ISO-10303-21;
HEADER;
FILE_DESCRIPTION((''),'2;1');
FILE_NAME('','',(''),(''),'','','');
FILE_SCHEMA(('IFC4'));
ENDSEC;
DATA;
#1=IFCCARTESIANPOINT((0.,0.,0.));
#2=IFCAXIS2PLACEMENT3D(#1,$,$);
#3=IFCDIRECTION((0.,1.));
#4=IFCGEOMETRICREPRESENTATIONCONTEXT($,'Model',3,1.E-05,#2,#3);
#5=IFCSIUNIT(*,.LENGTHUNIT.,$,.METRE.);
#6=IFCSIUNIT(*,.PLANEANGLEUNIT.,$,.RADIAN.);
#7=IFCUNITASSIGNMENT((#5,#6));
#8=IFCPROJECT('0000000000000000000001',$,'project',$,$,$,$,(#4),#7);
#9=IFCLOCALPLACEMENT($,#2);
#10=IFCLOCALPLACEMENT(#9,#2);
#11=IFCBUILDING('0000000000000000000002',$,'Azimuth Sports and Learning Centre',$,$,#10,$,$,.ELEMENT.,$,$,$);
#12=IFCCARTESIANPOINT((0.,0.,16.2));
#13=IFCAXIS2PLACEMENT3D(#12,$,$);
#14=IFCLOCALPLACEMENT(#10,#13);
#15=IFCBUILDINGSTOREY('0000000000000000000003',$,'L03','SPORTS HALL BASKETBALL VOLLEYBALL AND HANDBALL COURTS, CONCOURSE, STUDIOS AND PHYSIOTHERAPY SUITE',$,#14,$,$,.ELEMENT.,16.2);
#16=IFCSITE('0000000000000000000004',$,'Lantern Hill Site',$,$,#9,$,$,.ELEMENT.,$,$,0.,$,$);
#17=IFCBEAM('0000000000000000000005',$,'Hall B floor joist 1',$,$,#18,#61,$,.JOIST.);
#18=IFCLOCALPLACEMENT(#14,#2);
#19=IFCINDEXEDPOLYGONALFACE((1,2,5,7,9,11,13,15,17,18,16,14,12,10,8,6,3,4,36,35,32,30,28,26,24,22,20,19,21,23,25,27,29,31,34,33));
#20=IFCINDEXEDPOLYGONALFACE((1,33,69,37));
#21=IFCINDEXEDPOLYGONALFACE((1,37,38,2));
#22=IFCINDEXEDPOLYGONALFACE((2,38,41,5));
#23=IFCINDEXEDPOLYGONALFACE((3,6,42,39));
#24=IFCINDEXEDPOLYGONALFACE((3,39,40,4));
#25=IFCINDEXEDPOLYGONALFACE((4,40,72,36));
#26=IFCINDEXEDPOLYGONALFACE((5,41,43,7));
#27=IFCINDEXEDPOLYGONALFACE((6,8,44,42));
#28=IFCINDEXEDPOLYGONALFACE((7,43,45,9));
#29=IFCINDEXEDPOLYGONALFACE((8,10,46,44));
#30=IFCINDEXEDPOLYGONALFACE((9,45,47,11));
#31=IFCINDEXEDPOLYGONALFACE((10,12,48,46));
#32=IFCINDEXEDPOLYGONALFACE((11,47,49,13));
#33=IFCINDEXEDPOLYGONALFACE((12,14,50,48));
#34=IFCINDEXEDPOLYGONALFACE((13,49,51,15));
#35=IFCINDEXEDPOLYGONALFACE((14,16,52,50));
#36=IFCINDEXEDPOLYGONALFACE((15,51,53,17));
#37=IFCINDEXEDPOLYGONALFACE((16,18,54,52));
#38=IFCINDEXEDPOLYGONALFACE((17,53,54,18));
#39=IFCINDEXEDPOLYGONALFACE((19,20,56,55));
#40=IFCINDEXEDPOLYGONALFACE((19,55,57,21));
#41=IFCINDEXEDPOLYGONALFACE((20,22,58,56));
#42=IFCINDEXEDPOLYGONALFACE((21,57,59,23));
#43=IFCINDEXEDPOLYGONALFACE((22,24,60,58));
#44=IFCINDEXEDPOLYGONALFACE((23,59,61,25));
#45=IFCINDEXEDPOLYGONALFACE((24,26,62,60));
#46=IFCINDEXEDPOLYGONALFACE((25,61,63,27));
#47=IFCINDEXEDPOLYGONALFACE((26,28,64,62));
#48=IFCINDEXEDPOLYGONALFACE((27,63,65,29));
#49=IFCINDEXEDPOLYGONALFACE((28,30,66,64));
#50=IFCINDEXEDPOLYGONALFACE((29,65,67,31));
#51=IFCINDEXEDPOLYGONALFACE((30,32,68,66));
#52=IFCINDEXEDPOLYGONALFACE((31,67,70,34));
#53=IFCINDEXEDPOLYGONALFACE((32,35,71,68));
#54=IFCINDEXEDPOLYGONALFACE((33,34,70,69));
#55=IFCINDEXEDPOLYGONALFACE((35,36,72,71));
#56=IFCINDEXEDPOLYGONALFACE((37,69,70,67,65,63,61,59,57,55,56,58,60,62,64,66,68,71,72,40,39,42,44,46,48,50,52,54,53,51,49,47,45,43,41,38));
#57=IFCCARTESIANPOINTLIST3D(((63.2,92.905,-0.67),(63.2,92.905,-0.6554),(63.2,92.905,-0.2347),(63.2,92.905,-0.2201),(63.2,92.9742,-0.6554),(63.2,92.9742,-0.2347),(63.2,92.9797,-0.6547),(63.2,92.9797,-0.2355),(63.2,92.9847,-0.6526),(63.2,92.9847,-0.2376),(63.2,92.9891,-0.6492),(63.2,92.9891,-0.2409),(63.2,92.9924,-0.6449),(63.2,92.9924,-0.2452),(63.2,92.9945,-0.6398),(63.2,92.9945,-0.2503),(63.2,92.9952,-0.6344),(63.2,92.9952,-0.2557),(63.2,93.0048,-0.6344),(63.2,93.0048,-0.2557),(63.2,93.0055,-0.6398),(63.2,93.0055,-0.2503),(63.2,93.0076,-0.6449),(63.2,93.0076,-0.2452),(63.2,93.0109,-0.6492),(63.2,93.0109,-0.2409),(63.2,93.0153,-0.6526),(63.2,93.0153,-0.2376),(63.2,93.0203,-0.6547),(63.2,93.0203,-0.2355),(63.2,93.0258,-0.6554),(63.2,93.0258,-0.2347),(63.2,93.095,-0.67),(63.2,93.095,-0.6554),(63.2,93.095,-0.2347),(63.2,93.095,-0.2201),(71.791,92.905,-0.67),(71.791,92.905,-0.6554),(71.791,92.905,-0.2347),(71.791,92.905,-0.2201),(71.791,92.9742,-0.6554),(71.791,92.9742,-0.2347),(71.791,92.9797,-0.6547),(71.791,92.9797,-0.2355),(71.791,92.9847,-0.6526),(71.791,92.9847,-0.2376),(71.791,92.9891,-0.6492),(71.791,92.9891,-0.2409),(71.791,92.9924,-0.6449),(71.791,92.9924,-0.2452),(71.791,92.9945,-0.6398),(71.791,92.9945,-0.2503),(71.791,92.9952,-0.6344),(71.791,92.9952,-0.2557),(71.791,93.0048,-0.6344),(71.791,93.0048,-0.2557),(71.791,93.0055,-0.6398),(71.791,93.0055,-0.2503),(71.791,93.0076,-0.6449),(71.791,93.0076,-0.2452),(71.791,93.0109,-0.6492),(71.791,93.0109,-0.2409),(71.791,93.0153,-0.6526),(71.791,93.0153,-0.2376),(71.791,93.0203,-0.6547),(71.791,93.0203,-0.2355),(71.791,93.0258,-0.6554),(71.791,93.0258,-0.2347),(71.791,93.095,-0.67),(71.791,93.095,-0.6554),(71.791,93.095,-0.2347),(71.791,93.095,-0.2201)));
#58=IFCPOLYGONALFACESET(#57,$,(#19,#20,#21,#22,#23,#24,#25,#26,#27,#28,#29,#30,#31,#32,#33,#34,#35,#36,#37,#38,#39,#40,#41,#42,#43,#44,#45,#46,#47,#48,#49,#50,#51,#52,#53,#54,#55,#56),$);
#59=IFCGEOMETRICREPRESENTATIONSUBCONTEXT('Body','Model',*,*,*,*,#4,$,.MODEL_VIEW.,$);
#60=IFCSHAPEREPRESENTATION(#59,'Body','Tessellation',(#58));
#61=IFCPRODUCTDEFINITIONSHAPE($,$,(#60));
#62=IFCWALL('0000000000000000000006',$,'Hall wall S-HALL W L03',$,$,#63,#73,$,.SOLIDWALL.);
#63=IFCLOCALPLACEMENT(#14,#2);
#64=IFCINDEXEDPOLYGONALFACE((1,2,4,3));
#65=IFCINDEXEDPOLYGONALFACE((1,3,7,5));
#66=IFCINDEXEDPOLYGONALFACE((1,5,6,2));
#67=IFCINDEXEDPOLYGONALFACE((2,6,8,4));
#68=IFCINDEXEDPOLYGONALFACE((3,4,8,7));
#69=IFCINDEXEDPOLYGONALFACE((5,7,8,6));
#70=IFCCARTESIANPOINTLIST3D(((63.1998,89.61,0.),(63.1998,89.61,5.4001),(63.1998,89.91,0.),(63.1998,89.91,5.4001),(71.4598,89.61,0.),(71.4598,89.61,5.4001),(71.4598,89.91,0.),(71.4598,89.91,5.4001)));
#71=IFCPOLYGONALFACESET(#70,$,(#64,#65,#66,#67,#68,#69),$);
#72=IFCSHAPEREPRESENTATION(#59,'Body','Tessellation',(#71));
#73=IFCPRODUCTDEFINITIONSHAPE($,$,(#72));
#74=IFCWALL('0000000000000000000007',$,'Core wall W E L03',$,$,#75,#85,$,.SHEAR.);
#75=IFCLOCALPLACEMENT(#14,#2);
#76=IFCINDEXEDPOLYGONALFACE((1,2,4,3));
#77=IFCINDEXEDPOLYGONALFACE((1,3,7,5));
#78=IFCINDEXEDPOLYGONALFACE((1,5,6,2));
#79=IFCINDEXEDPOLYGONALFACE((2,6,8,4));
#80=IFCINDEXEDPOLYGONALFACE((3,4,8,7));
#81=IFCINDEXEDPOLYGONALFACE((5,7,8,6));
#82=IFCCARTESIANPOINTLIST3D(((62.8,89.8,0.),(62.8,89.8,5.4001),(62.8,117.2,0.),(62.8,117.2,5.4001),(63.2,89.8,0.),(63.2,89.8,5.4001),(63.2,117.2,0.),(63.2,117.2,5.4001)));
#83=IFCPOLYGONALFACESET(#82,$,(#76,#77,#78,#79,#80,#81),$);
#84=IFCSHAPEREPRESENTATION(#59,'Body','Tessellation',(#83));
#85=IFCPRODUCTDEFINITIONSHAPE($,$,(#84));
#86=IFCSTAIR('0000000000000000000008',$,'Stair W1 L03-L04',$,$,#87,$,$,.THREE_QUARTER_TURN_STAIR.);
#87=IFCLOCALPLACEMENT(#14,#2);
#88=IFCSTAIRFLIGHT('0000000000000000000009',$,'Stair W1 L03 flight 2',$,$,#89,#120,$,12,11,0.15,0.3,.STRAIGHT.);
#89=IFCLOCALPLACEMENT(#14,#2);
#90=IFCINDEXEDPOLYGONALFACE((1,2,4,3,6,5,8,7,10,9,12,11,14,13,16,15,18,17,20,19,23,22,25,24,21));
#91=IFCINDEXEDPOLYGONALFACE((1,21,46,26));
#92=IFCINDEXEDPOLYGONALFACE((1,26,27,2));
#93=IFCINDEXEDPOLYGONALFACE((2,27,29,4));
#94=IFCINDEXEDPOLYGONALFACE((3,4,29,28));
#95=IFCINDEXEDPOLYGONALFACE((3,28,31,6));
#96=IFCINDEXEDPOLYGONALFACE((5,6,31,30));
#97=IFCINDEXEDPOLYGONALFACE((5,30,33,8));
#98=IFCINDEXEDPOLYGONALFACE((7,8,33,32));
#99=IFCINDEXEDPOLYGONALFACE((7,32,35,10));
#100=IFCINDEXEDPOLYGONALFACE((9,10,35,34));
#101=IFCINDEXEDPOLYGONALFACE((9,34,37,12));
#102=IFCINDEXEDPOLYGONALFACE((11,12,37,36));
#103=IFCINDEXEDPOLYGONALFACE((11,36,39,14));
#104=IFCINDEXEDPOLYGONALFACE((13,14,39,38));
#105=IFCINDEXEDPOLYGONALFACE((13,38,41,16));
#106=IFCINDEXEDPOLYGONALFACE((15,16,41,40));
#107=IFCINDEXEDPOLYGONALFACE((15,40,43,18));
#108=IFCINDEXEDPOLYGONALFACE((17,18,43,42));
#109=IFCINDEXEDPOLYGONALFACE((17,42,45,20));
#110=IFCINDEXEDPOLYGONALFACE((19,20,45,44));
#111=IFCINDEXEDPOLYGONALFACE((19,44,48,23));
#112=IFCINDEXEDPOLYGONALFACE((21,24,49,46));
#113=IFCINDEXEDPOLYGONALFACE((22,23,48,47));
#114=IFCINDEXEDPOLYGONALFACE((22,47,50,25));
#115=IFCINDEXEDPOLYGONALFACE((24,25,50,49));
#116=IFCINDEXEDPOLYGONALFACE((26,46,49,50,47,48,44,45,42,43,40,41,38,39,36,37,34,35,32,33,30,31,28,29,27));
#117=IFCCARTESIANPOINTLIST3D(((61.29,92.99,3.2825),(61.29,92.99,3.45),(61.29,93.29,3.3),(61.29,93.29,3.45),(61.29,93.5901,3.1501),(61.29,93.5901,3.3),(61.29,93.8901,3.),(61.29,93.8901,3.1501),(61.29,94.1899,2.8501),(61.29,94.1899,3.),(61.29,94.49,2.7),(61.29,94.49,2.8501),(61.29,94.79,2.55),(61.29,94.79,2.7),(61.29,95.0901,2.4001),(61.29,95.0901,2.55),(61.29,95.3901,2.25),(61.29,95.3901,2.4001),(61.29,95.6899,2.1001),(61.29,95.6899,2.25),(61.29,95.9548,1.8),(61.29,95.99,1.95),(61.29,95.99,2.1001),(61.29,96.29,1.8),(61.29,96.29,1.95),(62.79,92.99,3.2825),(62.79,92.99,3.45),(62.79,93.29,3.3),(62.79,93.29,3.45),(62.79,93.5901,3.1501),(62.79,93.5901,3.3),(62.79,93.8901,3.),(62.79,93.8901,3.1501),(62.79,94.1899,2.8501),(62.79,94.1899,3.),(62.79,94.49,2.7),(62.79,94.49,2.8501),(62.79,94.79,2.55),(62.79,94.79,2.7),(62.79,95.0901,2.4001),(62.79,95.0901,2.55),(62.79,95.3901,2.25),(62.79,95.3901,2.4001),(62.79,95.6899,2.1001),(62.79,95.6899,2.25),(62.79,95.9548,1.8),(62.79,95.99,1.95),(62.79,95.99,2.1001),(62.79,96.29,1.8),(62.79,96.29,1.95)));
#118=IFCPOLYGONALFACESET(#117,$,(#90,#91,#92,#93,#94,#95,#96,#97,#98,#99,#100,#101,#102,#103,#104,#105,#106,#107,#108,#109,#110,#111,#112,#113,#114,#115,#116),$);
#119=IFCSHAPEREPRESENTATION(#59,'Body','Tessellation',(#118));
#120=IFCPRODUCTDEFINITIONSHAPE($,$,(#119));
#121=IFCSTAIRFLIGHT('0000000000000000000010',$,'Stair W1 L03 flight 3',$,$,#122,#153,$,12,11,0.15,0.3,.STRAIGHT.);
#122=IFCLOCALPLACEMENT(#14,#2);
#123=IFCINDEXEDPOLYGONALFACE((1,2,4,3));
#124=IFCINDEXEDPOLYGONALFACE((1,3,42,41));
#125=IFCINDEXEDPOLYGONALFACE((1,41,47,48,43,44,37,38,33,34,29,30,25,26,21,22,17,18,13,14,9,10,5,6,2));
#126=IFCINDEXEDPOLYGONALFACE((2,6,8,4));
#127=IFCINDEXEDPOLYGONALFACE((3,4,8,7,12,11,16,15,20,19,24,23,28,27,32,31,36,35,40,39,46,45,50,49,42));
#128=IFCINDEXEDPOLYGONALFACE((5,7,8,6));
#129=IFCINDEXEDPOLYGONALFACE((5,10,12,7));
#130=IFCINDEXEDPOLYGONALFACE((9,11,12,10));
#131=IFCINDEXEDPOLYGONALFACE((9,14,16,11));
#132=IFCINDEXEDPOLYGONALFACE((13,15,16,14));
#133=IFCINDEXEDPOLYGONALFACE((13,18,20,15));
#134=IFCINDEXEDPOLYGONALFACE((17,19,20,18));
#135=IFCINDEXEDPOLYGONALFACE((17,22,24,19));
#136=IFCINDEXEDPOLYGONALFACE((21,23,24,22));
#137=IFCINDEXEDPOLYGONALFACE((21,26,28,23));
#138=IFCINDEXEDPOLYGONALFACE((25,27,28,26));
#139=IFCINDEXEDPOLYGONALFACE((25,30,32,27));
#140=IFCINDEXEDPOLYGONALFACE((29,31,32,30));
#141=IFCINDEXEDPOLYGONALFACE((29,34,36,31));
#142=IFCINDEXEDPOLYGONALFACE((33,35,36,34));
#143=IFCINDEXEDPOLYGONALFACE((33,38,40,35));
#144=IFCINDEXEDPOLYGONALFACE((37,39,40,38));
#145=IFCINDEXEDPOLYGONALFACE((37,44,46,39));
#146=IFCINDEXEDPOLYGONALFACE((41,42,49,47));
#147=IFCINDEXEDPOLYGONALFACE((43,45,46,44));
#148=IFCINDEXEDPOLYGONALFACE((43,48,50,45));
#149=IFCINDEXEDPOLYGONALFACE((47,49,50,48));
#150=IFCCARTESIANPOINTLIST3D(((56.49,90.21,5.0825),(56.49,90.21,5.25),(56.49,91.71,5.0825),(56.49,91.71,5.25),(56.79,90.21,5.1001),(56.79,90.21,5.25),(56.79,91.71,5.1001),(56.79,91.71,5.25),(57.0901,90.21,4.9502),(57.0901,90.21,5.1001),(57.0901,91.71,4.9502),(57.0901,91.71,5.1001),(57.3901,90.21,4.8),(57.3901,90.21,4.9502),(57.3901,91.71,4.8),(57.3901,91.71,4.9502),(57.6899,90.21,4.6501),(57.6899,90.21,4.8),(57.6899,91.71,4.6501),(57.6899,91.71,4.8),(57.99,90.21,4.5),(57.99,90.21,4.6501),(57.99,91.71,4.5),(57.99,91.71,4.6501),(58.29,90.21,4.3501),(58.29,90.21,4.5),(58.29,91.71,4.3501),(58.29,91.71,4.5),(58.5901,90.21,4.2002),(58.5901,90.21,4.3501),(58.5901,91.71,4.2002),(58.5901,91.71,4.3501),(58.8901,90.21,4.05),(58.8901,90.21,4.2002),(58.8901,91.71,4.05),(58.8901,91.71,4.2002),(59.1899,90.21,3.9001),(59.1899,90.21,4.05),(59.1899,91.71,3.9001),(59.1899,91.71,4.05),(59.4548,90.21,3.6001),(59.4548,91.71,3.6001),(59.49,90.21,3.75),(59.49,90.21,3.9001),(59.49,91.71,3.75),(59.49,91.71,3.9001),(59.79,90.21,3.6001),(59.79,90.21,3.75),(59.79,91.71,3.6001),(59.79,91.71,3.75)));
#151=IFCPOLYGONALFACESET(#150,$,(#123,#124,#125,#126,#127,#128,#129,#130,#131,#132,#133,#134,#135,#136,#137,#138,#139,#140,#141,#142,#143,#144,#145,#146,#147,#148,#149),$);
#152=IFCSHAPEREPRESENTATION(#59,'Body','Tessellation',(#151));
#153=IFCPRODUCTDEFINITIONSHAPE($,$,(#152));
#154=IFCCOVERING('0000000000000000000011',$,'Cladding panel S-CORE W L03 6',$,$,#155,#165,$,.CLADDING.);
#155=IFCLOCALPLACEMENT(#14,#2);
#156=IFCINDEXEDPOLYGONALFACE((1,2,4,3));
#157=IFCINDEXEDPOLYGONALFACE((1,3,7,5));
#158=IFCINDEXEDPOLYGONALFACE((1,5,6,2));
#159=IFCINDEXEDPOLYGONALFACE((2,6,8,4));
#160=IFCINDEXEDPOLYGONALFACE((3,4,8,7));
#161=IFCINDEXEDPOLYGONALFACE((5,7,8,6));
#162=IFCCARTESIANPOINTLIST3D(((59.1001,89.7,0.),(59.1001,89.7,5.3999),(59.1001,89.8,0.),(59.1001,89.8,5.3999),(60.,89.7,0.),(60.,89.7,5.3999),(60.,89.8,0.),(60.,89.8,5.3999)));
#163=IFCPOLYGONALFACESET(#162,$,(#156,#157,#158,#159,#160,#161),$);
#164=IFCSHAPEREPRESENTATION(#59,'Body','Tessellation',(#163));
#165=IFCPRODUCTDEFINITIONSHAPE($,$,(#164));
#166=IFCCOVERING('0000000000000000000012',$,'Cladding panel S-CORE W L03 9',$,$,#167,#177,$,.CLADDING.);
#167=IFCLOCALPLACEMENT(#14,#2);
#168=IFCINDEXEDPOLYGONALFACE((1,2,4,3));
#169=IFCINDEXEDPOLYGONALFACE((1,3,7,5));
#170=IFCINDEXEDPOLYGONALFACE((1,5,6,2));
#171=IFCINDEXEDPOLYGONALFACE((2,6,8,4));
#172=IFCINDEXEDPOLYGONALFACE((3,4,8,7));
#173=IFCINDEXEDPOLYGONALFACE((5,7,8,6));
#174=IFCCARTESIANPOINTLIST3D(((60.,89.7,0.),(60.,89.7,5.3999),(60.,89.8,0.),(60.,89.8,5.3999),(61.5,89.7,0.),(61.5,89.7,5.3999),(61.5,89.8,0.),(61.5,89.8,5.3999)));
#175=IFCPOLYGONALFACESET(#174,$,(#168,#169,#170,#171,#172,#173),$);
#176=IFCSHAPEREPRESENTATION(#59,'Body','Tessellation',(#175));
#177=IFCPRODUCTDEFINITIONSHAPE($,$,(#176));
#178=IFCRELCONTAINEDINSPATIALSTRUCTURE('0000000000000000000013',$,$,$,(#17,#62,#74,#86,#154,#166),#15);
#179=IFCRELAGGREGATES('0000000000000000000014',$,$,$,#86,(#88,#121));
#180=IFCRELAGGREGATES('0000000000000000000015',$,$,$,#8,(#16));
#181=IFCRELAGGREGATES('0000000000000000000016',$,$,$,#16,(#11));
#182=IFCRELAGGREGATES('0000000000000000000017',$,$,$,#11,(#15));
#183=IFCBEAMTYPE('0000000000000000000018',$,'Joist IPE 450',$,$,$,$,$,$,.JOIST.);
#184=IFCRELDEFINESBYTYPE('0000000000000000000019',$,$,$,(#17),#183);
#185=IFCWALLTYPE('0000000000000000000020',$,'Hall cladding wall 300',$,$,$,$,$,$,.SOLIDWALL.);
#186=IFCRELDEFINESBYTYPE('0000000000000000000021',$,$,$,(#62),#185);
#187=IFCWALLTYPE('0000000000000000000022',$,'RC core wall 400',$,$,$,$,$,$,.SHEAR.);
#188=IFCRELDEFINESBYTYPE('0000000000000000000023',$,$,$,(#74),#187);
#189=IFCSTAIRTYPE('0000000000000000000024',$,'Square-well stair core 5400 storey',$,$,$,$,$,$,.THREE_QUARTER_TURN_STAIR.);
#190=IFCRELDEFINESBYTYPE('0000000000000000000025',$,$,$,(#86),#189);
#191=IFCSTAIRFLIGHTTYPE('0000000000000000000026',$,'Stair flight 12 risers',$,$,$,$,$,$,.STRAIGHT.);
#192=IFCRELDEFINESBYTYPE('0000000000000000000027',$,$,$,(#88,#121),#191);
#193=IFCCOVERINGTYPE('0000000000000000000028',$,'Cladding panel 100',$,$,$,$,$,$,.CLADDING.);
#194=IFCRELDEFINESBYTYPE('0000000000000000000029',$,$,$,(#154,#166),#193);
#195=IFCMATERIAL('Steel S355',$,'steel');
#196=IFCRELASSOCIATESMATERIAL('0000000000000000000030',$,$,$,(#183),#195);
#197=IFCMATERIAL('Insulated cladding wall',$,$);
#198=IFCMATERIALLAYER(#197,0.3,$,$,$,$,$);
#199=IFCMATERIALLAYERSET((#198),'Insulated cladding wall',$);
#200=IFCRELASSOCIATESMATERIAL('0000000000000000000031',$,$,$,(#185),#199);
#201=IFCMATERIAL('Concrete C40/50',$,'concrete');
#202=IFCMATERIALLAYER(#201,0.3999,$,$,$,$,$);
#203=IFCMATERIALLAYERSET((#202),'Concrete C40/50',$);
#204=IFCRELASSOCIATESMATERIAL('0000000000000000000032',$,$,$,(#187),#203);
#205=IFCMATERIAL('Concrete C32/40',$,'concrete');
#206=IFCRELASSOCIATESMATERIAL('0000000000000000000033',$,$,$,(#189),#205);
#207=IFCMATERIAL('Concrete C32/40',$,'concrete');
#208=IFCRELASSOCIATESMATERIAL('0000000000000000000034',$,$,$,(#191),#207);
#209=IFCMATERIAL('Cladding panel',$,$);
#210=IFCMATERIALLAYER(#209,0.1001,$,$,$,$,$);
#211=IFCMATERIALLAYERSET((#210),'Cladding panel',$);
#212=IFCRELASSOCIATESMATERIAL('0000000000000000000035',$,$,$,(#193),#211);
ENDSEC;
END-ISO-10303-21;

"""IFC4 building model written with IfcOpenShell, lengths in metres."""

from ifc_helpers import new_model, si_unit, direction, frame, frame_2d, origin, origin_2d, place, context, subcontext, project, spatial, polyline, rectangle, i_section, outline, extrude, material, layer, layer_set, material_profile, profile_set, type_object, element, aggregate, save


model = new_model("IFC4")

# Units and contexts
model_context = context("Model", 3, precision=1e-05, world=origin(), true_north=direction((0.0, 1.0)))
body_context = subcontext(model_context, "Body", "Model", "MODEL_VIEW")
ifc_project = project(units=[si_unit("LENGTHUNIT", "METRE"), si_unit("PLANEANGLEUNIT", "RADIAN")], contexts=[model_context])

# Site, building, storey
site_placement = place(None, origin())
site = spatial("IfcSite", under=ifc_project, at=site_placement, Name="Lantern Hill Site", CompositionType="ELEMENT", RefElevation=0.0)
building_placement = place(site_placement, origin())
building = spatial("IfcBuilding", under=site, at=building_placement, Name="Azimuth Sports and Learning Centre", CompositionType="ELEMENT")
storey_placement = place(building_placement, frame((0.0, 0.0, 16.2)))
storey = spatial("IfcBuildingStorey", under=building, at=storey_placement, Name="L03", Description="SPORTS HALL BASKETBALL VOLLEYBALL AND HANDBALL COURTS, CONCOURSE, STUDIOS AND PHYSIOTHERAPY SUITE", CompositionType="ELEMENT", Elevation=16.2)

# Beam
ifc_material_1 = material(Name="Steel S355", Category="steel")
ifc_material_profile_1 = material_profile(ifc_material_1, i_section(OverallWidth=0.1899, OverallDepth=0.45, WebThickness=0.0095, FlangeThickness=0.0146, FilletRadius=0.021, at=origin_2d()), Name="IPE 450")
ifc_profile_set_1 = profile_set([ifc_material_profile_1], Name="Steel S355")
beam_type_1 = type_object("IfcBeamType", Name="Joist IPE 450", PredefinedType="JOIST", material=ifc_profile_set_1)
beam_1_placement = place(storey_placement, frame((63.2, 93.0, -0.4451), z_axis=(1.0, 0.0, 0.0), x_axis=(0.0, 1.0, 0.0)))
element("IfcBeam", 1, at=beam_1_placement, inside=storey, type_object=beam_type_1, Name="Hall B floor joist 1", PredefinedType="JOIST", context=body_context, shape_type="SweptSolid", body=[
    extrude(i_section(OverallWidth=0.1899, OverallDepth=0.45, WebThickness=0.0095, FlangeThickness=0.0146, FilletRadius=0.021, at=origin_2d()), origin(), (0.0, 0.0, 1.0), 8.5911),
])

# Walls
ifc_material_2 = material(Name="Insulated cladding wall")
ifc_layer_1 = layer(ifc_material_2, 0.3)
ifc_layer_set_1 = layer_set([ifc_layer_1], Name="Insulated cladding wall")
wall_type_1 = type_object("IfcWallType", Name="Hall cladding wall 300", PredefinedType="SOLIDWALL", material=ifc_layer_set_1)
wall_1_placement = place(storey_placement, frame((63.2, 89.76, 0.0), z_axis=(0.0, 0.0, 1.0), x_axis=(1.0, 0.0, 0.0)))
element("IfcWall", 2, at=wall_1_placement, inside=storey, type_object=wall_type_1, Name="Hall wall S-HALL W L03", PredefinedType="SOLIDWALL", context=body_context, shape_type="SweptSolid", body=[
    extrude(rectangle(XDim=8.26, YDim=0.3, at=frame_2d((4.1299, 0.0))), origin(), (0.0, 0.0, 1.0), 5.4001),
])
ifc_material_3 = material(Name="Concrete C40/50", Category="concrete")
ifc_layer_2 = layer(ifc_material_3, 0.3999)
ifc_layer_set_2 = layer_set([ifc_layer_2], Name="Concrete C40/50")
wall_type_2 = type_object("IfcWallType", Name="RC core wall 400", PredefinedType="SHEAR", material=ifc_layer_set_2)
wall_2_placement = place(storey_placement, frame((63.0, 89.8, 0.0), z_axis=(0.0, 0.0, 1.0), x_axis=(0.0, 1.0, 0.0)))
element("IfcWall", 3, at=wall_2_placement, inside=storey, type_object=wall_type_2, Name="Core wall W E L03", PredefinedType="SHEAR", context=body_context, shape_type="SweptSolid", body=[
    extrude(rectangle(XDim=27.3999, YDim=0.3999, at=frame_2d((13.7, 0.0))), origin(), (0.0, 0.0, 1.0), 5.4001),
])

# Stair, stair flights
ifc_material_4 = material(Name="Concrete C32/40", Category="concrete")
stair_type = type_object("IfcStairType", Name="Square-well stair core 5400 storey", PredefinedType="THREE_QUARTER_TURN_STAIR", material=ifc_material_4)
stair_placement = place(storey_placement, origin())
stair = element("IfcStair", 4, at=stair_placement, inside=storey, type_object=stair_type, Name="Stair W1 L03-L04", PredefinedType="THREE_QUARTER_TURN_STAIR")
ifc_material_5 = material(Name="Concrete C32/40", Category="concrete")
stair_flight_type = type_object("IfcStairFlightType", Name="Stair flight 12 risers", PredefinedType="STRAIGHT", material=ifc_material_5)
stair_flight_1_placement = place(storey_placement, frame((62.04, 96.29, 1.8), z_axis=(0.0, 0.0, 1.0), x_axis=(0.0, -1.0, 0.0)))
stair_flight_1 = element("IfcStairFlight", 5, at=stair_flight_1_placement, type_object=stair_flight_type, Name="Stair W1 L03 flight 2", NumberOfRisers=12, NumberOfTreads=11, PredefinedType="STRAIGHT", RiserHeight=0.15, TreadLength=0.3, context=body_context, shape_type="SweptSolid", body=[
    extrude(outline(polyline([(0.0, 0.0), (0.0, 0.1499), (0.3, 0.1499), (0.3, 0.3), (0.6001, 0.3), (0.6001, 0.45), (0.8999, 0.45), (0.8999, 0.6001), (1.2, 0.6001), (1.2, 0.75), (1.5, 0.75), (1.5, 0.8999), (1.8, 0.8999), (1.8, 1.05), (2.1001, 1.05), (2.1001, 1.2), (2.3999, 1.2), (2.3999, 1.3501), (2.7, 1.3501), (2.7, 1.5), (3.0, 1.5), (3.0, 1.6499), (3.3, 1.6499), (3.3, 1.8), (3.3, 1.4824), (0.3352, 0.0), (0.0, 0.0)])), frame((0.0, 0.75, 0.0), z_axis=(0.0, -1.0, 0.0), x_axis=(1.0, 0.0, 0.0)), (0.0, 0.0, 1.0), 1.5),
])
stair_flight_2_placement = place(storey_placement, frame((59.79, 90.96, 3.6001), z_axis=(0.0, 0.0, 1.0), x_axis=(-1.0, 0.0, 0.0)))
stair_flight_2 = element("IfcStairFlight", 6, at=stair_flight_2_placement, type_object=stair_flight_type, Name="Stair W1 L03 flight 3", NumberOfRisers=12, NumberOfTreads=11, PredefinedType="STRAIGHT", RiserHeight=0.15, TreadLength=0.3, context=body_context, shape_type="SweptSolid", body=[
    extrude(outline(polyline([(0.0, 0.0), (0.0, 0.1499), (0.3, 0.1499), (0.3, 0.3), (0.6001, 0.3), (0.6001, 0.45), (0.8999, 0.45), (0.8999, 0.6001), (1.2, 0.6001), (1.2, 0.75), (1.5, 0.75), (1.5, 0.8999), (1.8, 0.8999), (1.8, 1.05), (2.1001, 1.05), (2.1001, 1.2), (2.3999, 1.2), (2.3999, 1.3501), (2.7, 1.3501), (2.7, 1.5), (3.0, 1.5), (3.0, 1.6499), (3.3, 1.6499), (3.3, 1.8), (3.3, 1.4824), (0.3352, 0.0), (0.0, 0.0)])), frame((0.0, 0.75, 0.0), z_axis=(0.0, -1.0, 0.0), x_axis=(1.0, 0.0, 0.0)), (0.0, 0.0, 1.0), 1.5),
])
aggregate(stair, [stair_flight_1, stair_flight_2])

# Coverings
ifc_material_6 = material(Name="Cladding panel")
ifc_layer_3 = layer(ifc_material_6, 0.1001)
ifc_layer_set_3 = layer_set([ifc_layer_3], Name="Cladding panel")
covering_type = type_object("IfcCoveringType", Name="Cladding panel 100", PredefinedType="CLADDING", material=ifc_layer_set_3)
covering_1_placement = place(storey_placement, frame((59.55, 89.75, 0.0), z_axis=(0.0, 0.0, 1.0), x_axis=(1.0, 0.0, 0.0)))
element("IfcCovering", 7, at=covering_1_placement, inside=storey, type_object=covering_type, Name="Cladding panel S-CORE W L03 6", PredefinedType="CLADDING", context=body_context, shape_type="SweptSolid", body=[
    extrude(rectangle(XDim=0.8999, YDim=0.1001, at=origin_2d()), origin(), (0.0, 0.0, 1.0), 5.3999),
])
covering_2_placement = place(storey_placement, frame((60.75, 89.75, 0.0), z_axis=(0.0, 0.0, 1.0), x_axis=(1.0, 0.0, 0.0)))
element("IfcCovering", 8, at=covering_2_placement, inside=storey, type_object=covering_type, Name="Cladding panel S-CORE W L03 9", PredefinedType="CLADDING", context=body_context, shape_type="SweptSolid", body=[
    extrude(rectangle(XDim=1.5, YDim=0.1001, at=origin_2d()), origin(), (0.0, 0.0, 1.0), 5.3999),
])

save(model, "model.ifc")
